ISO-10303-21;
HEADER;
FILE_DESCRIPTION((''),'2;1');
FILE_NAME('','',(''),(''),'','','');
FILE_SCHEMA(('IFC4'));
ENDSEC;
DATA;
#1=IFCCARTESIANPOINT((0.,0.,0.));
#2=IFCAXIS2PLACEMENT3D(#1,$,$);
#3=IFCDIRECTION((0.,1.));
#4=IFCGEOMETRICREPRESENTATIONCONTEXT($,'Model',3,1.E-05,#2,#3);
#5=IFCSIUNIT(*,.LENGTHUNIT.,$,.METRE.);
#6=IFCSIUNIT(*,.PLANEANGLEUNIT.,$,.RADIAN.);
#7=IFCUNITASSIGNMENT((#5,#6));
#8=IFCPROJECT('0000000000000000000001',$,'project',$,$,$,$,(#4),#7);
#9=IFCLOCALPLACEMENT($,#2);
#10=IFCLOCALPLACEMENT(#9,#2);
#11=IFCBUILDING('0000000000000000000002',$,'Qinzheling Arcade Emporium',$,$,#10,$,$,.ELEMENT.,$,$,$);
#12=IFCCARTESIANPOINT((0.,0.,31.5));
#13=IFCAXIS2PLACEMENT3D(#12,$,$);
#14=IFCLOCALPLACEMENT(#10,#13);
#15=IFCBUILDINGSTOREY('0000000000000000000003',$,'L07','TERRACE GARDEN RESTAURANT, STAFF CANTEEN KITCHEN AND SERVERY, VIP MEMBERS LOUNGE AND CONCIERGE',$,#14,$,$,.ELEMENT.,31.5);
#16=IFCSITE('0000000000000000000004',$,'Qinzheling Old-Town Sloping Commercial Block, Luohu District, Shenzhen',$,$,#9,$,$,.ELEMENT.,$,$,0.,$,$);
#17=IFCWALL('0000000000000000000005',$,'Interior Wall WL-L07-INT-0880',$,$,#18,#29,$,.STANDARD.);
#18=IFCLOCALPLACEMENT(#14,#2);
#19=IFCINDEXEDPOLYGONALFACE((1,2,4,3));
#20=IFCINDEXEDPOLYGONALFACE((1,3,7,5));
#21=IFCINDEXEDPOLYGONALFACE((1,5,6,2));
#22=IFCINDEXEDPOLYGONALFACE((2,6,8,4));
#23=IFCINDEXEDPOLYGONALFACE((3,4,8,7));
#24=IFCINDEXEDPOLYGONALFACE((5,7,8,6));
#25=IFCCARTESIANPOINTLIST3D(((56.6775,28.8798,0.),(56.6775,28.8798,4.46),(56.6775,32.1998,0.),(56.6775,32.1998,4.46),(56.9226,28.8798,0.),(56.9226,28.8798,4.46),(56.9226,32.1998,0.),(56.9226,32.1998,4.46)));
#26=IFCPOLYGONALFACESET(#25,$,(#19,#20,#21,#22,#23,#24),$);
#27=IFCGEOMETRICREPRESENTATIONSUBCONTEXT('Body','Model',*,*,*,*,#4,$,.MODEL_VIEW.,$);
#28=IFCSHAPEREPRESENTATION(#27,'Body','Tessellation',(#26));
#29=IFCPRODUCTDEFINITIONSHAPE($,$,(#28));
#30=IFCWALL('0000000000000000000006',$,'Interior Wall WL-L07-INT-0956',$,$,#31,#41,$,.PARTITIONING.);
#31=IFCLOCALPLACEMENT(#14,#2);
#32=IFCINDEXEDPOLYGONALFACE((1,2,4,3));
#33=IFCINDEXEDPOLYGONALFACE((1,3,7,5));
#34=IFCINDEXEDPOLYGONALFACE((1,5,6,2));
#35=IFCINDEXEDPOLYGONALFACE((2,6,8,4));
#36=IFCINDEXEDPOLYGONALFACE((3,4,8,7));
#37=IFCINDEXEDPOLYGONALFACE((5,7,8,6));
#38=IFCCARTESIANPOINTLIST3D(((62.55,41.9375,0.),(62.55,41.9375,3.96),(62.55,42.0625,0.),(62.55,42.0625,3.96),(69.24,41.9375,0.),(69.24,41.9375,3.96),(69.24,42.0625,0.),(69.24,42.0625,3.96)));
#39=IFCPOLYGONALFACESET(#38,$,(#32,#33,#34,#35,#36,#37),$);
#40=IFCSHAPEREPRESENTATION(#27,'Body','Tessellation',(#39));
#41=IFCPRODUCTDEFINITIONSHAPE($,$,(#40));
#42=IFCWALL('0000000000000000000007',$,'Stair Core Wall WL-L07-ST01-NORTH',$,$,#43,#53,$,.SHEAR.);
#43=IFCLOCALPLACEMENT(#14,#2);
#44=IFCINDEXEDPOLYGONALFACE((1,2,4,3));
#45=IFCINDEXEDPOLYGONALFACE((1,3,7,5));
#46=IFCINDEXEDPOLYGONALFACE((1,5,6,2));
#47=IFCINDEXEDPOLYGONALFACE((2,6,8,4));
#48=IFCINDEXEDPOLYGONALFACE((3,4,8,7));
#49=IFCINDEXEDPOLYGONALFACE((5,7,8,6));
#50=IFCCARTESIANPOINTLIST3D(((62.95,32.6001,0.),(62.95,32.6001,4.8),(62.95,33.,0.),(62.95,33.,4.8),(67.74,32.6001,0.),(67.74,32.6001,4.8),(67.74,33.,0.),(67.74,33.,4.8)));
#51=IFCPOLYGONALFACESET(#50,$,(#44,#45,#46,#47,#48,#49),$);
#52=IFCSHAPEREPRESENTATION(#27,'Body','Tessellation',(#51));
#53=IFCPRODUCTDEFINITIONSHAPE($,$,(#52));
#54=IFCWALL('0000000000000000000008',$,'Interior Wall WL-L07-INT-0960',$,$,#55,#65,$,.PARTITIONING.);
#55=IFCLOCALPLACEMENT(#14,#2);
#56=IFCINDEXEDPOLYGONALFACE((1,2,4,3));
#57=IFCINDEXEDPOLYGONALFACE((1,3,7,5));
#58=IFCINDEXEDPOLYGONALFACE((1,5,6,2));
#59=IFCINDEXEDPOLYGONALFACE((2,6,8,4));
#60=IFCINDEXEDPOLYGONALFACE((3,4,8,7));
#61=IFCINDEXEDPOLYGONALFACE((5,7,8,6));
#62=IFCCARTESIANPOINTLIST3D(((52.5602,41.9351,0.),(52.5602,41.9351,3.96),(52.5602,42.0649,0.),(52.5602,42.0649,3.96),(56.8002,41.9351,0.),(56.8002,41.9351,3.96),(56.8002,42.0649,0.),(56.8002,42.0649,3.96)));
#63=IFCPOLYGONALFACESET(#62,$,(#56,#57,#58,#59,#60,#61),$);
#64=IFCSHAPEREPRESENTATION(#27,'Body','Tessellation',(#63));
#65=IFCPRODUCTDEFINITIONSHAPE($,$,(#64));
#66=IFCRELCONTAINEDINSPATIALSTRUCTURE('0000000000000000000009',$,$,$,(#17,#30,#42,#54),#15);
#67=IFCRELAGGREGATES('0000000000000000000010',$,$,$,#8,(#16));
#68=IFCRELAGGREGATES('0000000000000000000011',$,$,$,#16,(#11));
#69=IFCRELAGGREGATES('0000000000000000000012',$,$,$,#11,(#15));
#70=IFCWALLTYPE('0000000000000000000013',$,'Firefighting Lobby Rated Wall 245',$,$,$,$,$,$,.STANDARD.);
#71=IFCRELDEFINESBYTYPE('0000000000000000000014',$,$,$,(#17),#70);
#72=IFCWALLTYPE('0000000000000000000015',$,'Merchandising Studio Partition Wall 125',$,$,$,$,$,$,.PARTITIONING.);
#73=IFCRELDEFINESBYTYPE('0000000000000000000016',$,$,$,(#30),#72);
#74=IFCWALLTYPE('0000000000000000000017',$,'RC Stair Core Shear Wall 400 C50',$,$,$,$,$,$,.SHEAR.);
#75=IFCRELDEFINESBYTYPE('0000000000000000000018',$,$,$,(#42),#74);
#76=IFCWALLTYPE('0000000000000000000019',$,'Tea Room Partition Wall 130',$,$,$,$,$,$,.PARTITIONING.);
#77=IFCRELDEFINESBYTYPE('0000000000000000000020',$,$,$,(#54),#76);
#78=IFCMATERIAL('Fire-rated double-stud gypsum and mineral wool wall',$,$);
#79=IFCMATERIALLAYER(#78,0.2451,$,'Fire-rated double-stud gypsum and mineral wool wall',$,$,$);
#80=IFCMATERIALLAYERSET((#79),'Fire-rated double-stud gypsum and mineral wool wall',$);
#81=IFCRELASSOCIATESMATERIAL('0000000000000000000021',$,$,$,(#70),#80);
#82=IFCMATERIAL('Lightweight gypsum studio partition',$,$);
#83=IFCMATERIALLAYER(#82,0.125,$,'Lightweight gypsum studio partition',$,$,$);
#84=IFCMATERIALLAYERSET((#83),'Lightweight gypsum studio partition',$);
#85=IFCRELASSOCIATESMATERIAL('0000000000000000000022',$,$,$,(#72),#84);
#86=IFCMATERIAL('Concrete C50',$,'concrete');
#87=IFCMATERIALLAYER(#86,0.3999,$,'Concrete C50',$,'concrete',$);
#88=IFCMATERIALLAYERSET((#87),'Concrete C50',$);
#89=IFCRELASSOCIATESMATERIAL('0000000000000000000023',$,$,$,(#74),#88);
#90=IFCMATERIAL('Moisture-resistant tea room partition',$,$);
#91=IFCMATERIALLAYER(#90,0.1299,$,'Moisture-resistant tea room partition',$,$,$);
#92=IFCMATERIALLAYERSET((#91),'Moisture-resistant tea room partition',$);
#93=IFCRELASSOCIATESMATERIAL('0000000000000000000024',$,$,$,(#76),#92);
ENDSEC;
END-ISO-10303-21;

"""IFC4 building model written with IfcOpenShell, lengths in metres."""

from ifc_helpers import new_model, si_unit, direction, frame, frame_2d, origin, place, context, subcontext, project, spatial, rectangle, extrude, material, layer, layer_set, type_object, element, save


model = new_model("IFC4")

# Units and contexts
model_context = context("Model", 3, precision=1e-05, world=origin(), true_north=direction((0.0, 1.0)))
body_context = subcontext(model_context, "Body", "Model", "MODEL_VIEW")
ifc_project = project(units=[si_unit("LENGTHUNIT", "METRE"), si_unit("PLANEANGLEUNIT", "RADIAN")], contexts=[model_context])

# Site, building, storey
site_placement = place(None, origin())
site = spatial("IfcSite", under=ifc_project, at=site_placement, Name="Qinzheling Old-Town Sloping Commercial Block, Luohu District, Shenzhen", CompositionType="ELEMENT", RefElevation=0.0)
building_placement = place(site_placement, origin())
building = spatial("IfcBuilding", under=site, at=building_placement, Name="Qinzheling Arcade Emporium", CompositionType="ELEMENT")
storey_placement = place(building_placement, frame((0.0, 0.0, 31.5)))
storey = spatial("IfcBuildingStorey", under=building, at=storey_placement, Name="L07", Description="TERRACE GARDEN RESTAURANT, STAFF CANTEEN KITCHEN AND SERVERY, VIP MEMBERS LOUNGE AND CONCIERGE", CompositionType="ELEMENT", Elevation=31.5)

# Shared definitions
ifc_material_1 = material(Name="Fire-rated double-stud gypsum and mineral wool wall")
ifc_layer_1 = layer(ifc_material_1, 0.2451, Name="Fire-rated double-stud gypsum and mineral wool wall")
ifc_layer_set_1 = layer_set([ifc_layer_1], Name="Fire-rated double-stud gypsum and mineral wool wall")
wall_type_1 = type_object("IfcWallType", Name="Firefighting Lobby Rated Wall 245", PredefinedType="STANDARD", material=ifc_layer_set_1)

# Walls
wall_1_placement = place(storey_placement, frame((56.8, 32.2, 0.0), z_axis=(0.0, 0.0, 1.0), x_axis=(0.0, -1.0, 0.0)))
element("IfcWall", 1, at=wall_1_placement, inside=storey, type_object=wall_type_1, Name="Interior Wall WL-L07-INT-0880", PredefinedType="STANDARD", context=body_context, shape_type="SweptSolid", body=[
    extrude(rectangle(XDim=3.3201, YDim=0.2451, at=frame_2d((1.6602, 0.0))), origin(), (0.0, 0.0, 1.0), 4.46),
])
ifc_material_2 = material(Name="Lightweight gypsum studio partition")
ifc_layer_2 = layer(ifc_material_2, 0.125, Name="Lightweight gypsum studio partition")
ifc_layer_set_2 = layer_set([ifc_layer_2], Name="Lightweight gypsum studio partition")
wall_type_2 = type_object("IfcWallType", Name="Merchandising Studio Partition Wall 125", PredefinedType="PARTITIONING", material=ifc_layer_set_2)
wall_2_placement = place(storey_placement, frame((62.55, 42.0, 0.0), z_axis=(0.0, 0.0, 1.0), x_axis=(1.0, 0.0, 0.0)))
element("IfcWall", 2, at=wall_2_placement, inside=storey, type_object=wall_type_2, Name="Interior Wall WL-L07-INT-0956", PredefinedType="PARTITIONING", context=body_context, shape_type="SweptSolid", body=[
    extrude(rectangle(XDim=6.6899, YDim=0.125, at=frame_2d((3.345, 0.0))), origin(), (0.0, 0.0, 1.0), 3.96),
])
ifc_material_3 = material(Name="Concrete C50", Category="concrete")
ifc_layer_3 = layer(ifc_material_3, 0.3999, Name="Concrete C50", Category="concrete")
ifc_layer_set_3 = layer_set([ifc_layer_3], Name="Concrete C50")
wall_type_3 = type_object("IfcWallType", Name="RC Stair Core Shear Wall 400 C50", PredefinedType="SHEAR", material=ifc_layer_set_3)
wall_3_placement = place(storey_placement, frame((62.95, 32.8, 0.0), z_axis=(0.0, 0.0, 1.0), x_axis=(1.0, 0.0, 0.0)))
element("IfcWall", 3, at=wall_3_placement, inside=storey, type_object=wall_type_3, Name="Stair Core Wall WL-L07-ST01-NORTH", PredefinedType="SHEAR", context=body_context, shape_type="SweptSolid", body=[
    extrude(rectangle(XDim=4.79, YDim=0.3999, at=frame_2d((2.395, 0.0))), origin(), (0.0, 0.0, 1.0), 4.8),
])
ifc_material_4 = material(Name="Moisture-resistant tea room partition")
ifc_layer_4 = layer(ifc_material_4, 0.1299, Name="Moisture-resistant tea room partition")
ifc_layer_set_4 = layer_set([ifc_layer_4], Name="Moisture-resistant tea room partition")
wall_type_4 = type_object("IfcWallType", Name="Tea Room Partition Wall 130", PredefinedType="PARTITIONING", material=ifc_layer_set_4)
wall_4_placement = place(storey_placement, frame((52.5601, 42.0, 0.0), z_axis=(0.0, 0.0, 1.0), x_axis=(1.0, 0.0, 0.0)))
element("IfcWall", 4, at=wall_4_placement, inside=storey, type_object=wall_type_4, Name="Interior Wall WL-L07-INT-0960", PredefinedType="PARTITIONING", context=body_context, shape_type="SweptSolid", body=[
    extrude(rectangle(XDim=4.24, YDim=0.1299, at=frame_2d((2.1201, 0.0))), origin(), (0.0, 0.0, 1.0), 3.96),
])

save(model, "model.ifc")
